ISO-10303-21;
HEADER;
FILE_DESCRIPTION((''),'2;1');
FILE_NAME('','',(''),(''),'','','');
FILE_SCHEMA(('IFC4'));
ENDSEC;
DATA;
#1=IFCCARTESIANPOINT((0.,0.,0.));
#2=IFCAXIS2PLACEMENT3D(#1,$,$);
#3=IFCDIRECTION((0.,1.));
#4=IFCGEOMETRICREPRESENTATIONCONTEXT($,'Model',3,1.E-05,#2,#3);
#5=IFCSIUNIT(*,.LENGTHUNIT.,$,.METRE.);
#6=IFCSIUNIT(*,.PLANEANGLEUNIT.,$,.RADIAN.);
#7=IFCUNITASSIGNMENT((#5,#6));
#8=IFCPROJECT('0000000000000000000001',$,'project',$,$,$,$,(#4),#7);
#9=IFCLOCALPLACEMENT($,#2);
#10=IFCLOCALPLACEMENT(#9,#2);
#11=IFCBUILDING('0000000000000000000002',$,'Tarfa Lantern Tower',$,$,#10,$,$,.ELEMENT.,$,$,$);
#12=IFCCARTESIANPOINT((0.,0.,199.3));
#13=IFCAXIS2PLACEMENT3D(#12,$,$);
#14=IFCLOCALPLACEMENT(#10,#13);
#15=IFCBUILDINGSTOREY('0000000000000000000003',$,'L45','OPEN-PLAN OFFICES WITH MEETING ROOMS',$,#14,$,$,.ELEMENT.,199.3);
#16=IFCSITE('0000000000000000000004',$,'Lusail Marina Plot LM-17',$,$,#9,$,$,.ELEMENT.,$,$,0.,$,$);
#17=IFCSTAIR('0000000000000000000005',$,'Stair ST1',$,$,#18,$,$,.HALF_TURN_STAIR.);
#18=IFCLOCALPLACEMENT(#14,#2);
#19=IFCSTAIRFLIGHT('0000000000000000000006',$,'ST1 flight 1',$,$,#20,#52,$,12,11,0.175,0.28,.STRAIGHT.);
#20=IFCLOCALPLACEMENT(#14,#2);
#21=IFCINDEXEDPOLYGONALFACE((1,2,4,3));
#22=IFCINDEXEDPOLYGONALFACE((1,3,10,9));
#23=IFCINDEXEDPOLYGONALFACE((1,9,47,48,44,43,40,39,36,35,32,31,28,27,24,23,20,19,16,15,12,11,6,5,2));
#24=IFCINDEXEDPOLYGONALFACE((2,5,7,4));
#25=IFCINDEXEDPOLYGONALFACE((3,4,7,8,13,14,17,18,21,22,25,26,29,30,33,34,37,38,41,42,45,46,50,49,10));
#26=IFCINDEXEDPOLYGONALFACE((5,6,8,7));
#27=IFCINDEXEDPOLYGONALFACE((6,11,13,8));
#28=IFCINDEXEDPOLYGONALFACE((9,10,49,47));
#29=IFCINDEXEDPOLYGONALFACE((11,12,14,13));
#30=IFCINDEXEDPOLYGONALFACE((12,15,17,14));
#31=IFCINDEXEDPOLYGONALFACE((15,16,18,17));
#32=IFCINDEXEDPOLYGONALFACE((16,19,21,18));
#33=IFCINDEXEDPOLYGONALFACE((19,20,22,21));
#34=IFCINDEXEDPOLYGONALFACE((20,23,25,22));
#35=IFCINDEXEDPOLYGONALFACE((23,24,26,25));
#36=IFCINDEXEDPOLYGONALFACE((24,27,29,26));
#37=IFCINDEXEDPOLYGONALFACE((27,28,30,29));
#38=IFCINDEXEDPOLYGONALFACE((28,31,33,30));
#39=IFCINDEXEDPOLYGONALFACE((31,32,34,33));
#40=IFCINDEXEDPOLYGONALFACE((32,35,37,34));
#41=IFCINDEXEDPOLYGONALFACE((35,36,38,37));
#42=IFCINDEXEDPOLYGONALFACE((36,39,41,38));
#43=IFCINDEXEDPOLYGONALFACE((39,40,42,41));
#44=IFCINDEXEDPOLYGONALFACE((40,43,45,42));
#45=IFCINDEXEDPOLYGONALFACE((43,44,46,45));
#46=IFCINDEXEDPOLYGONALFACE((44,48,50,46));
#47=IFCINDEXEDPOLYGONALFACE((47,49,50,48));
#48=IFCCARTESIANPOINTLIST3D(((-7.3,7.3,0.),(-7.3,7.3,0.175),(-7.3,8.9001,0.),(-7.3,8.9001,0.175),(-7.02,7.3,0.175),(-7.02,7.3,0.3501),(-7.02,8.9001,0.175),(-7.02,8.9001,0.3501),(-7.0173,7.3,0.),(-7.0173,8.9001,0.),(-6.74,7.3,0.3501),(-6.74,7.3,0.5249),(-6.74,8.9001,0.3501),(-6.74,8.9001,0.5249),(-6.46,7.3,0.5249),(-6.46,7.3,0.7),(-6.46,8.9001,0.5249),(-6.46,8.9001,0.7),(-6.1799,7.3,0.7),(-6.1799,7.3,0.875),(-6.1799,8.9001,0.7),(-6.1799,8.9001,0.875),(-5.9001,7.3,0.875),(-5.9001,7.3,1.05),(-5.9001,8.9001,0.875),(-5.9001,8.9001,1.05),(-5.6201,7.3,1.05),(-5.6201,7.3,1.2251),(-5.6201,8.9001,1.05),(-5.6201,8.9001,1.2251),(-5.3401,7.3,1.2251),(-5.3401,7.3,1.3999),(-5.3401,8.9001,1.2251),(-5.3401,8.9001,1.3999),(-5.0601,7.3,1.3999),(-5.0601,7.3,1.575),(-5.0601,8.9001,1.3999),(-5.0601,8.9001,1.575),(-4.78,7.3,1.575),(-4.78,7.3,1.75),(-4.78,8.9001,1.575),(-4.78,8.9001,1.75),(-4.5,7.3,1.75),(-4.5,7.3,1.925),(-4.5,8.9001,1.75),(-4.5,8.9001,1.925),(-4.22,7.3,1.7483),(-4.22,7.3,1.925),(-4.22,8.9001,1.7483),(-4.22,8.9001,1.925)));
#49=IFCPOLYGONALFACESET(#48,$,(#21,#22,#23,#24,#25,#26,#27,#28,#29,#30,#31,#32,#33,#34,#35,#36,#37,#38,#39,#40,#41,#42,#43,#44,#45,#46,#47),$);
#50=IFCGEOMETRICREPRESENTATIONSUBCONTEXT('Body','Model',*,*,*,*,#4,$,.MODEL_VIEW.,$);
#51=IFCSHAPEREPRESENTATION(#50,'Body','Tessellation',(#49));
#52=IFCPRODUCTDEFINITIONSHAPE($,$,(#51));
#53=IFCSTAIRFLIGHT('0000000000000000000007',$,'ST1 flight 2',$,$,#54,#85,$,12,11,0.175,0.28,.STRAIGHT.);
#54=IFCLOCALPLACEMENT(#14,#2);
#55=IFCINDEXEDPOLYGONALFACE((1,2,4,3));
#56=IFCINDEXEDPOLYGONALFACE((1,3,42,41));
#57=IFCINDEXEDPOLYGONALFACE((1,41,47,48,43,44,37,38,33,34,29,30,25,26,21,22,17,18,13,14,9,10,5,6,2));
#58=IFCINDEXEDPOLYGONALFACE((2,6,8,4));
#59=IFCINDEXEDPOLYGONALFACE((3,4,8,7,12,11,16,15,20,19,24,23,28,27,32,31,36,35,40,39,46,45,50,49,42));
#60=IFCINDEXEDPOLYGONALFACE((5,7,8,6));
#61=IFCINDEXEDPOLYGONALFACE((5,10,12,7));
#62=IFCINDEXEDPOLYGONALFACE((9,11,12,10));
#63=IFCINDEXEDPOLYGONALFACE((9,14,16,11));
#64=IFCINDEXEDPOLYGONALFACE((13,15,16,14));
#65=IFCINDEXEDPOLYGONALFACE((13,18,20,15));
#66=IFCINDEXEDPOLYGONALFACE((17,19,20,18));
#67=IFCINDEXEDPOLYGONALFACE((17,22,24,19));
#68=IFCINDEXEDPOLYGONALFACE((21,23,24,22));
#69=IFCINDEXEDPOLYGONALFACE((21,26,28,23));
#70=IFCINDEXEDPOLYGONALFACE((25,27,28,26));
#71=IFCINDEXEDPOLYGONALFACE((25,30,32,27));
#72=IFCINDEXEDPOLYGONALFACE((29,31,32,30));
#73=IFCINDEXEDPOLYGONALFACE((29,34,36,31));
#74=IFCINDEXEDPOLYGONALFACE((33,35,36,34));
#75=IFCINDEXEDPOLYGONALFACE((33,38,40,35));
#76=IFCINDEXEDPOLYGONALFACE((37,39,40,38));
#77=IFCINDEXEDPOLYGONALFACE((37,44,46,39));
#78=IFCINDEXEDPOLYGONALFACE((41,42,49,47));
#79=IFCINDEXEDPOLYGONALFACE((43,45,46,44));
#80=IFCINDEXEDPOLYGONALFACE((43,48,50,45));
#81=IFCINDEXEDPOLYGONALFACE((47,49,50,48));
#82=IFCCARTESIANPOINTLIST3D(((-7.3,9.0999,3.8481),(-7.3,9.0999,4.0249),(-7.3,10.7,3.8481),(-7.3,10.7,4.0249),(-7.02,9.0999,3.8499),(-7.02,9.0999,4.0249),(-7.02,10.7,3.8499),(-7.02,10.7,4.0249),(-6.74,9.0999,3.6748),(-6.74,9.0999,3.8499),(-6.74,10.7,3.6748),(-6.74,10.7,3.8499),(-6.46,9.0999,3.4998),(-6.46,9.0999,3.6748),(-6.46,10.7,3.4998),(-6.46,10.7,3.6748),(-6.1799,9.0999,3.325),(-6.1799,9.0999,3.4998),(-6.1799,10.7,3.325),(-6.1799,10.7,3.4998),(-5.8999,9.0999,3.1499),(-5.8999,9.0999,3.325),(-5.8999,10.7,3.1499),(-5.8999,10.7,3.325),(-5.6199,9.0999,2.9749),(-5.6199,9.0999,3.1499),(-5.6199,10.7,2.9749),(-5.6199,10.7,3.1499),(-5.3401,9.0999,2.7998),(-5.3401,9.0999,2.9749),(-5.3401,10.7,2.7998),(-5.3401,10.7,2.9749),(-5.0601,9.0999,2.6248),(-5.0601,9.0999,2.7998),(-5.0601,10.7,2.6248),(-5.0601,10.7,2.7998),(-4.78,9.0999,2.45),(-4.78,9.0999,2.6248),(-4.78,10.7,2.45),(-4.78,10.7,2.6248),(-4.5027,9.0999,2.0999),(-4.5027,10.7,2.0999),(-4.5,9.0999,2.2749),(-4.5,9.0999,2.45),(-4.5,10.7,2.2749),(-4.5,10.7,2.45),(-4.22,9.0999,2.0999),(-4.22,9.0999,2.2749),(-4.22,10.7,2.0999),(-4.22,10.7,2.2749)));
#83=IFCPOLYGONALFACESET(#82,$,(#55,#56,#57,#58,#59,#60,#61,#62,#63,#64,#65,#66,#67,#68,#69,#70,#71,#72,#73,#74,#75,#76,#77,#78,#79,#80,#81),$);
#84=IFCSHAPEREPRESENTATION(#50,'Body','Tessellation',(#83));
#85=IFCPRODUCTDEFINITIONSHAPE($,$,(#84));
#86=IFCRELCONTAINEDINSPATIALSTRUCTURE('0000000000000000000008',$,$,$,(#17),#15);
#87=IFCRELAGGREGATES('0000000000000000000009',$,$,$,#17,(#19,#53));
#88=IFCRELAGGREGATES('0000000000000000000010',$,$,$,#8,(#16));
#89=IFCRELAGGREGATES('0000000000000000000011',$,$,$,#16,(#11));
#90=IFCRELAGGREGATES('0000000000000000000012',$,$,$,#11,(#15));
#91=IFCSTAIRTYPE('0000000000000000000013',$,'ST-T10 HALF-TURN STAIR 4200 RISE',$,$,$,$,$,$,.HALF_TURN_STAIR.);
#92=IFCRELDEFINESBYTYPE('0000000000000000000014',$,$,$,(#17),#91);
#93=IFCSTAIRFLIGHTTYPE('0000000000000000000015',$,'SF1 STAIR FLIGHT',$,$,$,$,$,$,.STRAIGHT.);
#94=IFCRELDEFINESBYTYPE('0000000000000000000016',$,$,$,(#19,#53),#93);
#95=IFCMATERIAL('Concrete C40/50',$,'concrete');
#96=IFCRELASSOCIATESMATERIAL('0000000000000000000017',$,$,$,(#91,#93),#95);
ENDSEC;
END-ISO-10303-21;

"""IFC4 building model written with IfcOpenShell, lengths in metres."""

from ifc_helpers import new_model, si_unit, direction, frame, origin, place, context, subcontext, project, spatial, polyline, outline, extrude, material, type_object, element, aggregate, save


model = new_model("IFC4")

# Units and contexts
model_context = context("Model", 3, precision=1e-05, world=origin(), true_north=direction((0.0, 1.0)))
body_context = subcontext(model_context, "Body", "Model", "MODEL_VIEW")
ifc_project = project(units=[si_unit("LENGTHUNIT", "METRE"), si_unit("PLANEANGLEUNIT", "RADIAN")], contexts=[model_context])

# Site, building, storey
site_placement = place(None, origin())
site = spatial("IfcSite", under=ifc_project, at=site_placement, Name="Lusail Marina Plot LM-17", CompositionType="ELEMENT", RefElevation=0.0)
building_placement = place(site_placement, origin())
building = spatial("IfcBuilding", under=site, at=building_placement, Name="Tarfa Lantern Tower", CompositionType="ELEMENT")
storey_placement = place(building_placement, frame((0.0, 0.0, 199.3)))
storey = spatial("IfcBuildingStorey", under=building, at=storey_placement, Name="L45", Description="OPEN-PLAN OFFICES WITH MEETING ROOMS", CompositionType="ELEMENT", Elevation=199.3)

# Stair, stair flights
ifc_material_1 = material(Name="Concrete C40/50", Category="concrete")
stair_type = type_object("IfcStairType", Name="ST-T10 HALF-TURN STAIR 4200 RISE", PredefinedType="HALF_TURN_STAIR", material=ifc_material_1)
stair_placement = place(storey_placement, origin())
stair = element("IfcStair", 1, at=stair_placement, inside=storey, type_object=stair_type, Name="Stair ST1", PredefinedType="HALF_TURN_STAIR")
stair_flight_type = type_object("IfcStairFlightType", Name="SF1 STAIR FLIGHT", PredefinedType="STRAIGHT", material=ifc_material_1)
stair_flight_1_placement = place(storey_placement, frame((-7.3, 8.1001, 0.0), z_axis=(0.0, 0.0, 1.0), x_axis=(1.0, 0.0, 0.0)))
stair_flight_1 = element("IfcStairFlight", 2, at=stair_flight_1_placement, type_object=stair_flight_type, Name="ST1 flight 1", NumberOfRisers=12, NumberOfTreads=11, PredefinedType="STRAIGHT", RiserHeight=0.175, TreadLength=0.28, context=body_context, shape_type="SweptSolid", body=[
    extrude(outline(polyline([(0.0, 0.0), (0.0, 0.175), (0.28, 0.175), (0.28, 0.3501), (0.5601, 0.3501), (0.5601, 0.5249), (0.8401, 0.5249), (0.8401, 0.7), (1.1201, 0.7), (1.1201, 0.875), (1.3999, 0.875), (1.3999, 1.05), (1.6799, 1.05), (1.6799, 1.2251), (1.96, 1.2251), (1.96, 1.3999), (2.24, 1.3999), (2.24, 1.575), (2.52, 1.575), (2.52, 1.75), (2.8, 1.75), (2.8, 1.925), (3.0801, 1.925), (3.0801, 2.1001), (3.0801, 1.7483), (0.2827, 0.0), (0.0, 0.0)])), frame((0.0, 0.8, 0.0), z_axis=(0.0, -1.0, 0.0), x_axis=(1.0, 0.0, 0.0)), (0.0, 0.0, 1.0), 1.6001),
])
stair_flight_2_placement = place(storey_placement, frame((-4.22, 9.8999, 2.0999), z_axis=(0.0, 0.0, 1.0), x_axis=(-1.0, 0.0, 0.0)))
stair_flight_2 = element("IfcStairFlight", 3, at=stair_flight_2_placement, type_object=stair_flight_type, Name="ST1 flight 2", NumberOfRisers=12, NumberOfTreads=11, PredefinedType="STRAIGHT", RiserHeight=0.175, TreadLength=0.28, context=body_context, shape_type="SweptSolid", body=[
    extrude(outline(polyline([(0.0, 0.0), (0.0, 0.175), (0.28, 0.175), (0.28, 0.3501), (0.5601, 0.3501), (0.5601, 0.5249), (0.8401, 0.5249), (0.8401, 0.7), (1.1201, 0.7), (1.1201, 0.875), (1.3999, 0.875), (1.3999, 1.05), (1.6799, 1.05), (1.6799, 1.2251), (1.96, 1.2251), (1.96, 1.3999), (2.24, 1.3999), (2.24, 1.575), (2.52, 1.575), (2.52, 1.75), (2.8, 1.75), (2.8, 1.925), (3.0801, 1.925), (3.0801, 2.1001), (3.0801, 1.7483), (0.2827, 0.0), (0.0, 0.0)])), frame((0.0, 0.8, 0.0), z_axis=(0.0, -1.0, 0.0), x_axis=(1.0, 0.0, 0.0)), (0.0, 0.0, 1.0), 1.6001),
])
aggregate(stair, [stair_flight_1, stair_flight_2])

save(model, "model.ifc")
